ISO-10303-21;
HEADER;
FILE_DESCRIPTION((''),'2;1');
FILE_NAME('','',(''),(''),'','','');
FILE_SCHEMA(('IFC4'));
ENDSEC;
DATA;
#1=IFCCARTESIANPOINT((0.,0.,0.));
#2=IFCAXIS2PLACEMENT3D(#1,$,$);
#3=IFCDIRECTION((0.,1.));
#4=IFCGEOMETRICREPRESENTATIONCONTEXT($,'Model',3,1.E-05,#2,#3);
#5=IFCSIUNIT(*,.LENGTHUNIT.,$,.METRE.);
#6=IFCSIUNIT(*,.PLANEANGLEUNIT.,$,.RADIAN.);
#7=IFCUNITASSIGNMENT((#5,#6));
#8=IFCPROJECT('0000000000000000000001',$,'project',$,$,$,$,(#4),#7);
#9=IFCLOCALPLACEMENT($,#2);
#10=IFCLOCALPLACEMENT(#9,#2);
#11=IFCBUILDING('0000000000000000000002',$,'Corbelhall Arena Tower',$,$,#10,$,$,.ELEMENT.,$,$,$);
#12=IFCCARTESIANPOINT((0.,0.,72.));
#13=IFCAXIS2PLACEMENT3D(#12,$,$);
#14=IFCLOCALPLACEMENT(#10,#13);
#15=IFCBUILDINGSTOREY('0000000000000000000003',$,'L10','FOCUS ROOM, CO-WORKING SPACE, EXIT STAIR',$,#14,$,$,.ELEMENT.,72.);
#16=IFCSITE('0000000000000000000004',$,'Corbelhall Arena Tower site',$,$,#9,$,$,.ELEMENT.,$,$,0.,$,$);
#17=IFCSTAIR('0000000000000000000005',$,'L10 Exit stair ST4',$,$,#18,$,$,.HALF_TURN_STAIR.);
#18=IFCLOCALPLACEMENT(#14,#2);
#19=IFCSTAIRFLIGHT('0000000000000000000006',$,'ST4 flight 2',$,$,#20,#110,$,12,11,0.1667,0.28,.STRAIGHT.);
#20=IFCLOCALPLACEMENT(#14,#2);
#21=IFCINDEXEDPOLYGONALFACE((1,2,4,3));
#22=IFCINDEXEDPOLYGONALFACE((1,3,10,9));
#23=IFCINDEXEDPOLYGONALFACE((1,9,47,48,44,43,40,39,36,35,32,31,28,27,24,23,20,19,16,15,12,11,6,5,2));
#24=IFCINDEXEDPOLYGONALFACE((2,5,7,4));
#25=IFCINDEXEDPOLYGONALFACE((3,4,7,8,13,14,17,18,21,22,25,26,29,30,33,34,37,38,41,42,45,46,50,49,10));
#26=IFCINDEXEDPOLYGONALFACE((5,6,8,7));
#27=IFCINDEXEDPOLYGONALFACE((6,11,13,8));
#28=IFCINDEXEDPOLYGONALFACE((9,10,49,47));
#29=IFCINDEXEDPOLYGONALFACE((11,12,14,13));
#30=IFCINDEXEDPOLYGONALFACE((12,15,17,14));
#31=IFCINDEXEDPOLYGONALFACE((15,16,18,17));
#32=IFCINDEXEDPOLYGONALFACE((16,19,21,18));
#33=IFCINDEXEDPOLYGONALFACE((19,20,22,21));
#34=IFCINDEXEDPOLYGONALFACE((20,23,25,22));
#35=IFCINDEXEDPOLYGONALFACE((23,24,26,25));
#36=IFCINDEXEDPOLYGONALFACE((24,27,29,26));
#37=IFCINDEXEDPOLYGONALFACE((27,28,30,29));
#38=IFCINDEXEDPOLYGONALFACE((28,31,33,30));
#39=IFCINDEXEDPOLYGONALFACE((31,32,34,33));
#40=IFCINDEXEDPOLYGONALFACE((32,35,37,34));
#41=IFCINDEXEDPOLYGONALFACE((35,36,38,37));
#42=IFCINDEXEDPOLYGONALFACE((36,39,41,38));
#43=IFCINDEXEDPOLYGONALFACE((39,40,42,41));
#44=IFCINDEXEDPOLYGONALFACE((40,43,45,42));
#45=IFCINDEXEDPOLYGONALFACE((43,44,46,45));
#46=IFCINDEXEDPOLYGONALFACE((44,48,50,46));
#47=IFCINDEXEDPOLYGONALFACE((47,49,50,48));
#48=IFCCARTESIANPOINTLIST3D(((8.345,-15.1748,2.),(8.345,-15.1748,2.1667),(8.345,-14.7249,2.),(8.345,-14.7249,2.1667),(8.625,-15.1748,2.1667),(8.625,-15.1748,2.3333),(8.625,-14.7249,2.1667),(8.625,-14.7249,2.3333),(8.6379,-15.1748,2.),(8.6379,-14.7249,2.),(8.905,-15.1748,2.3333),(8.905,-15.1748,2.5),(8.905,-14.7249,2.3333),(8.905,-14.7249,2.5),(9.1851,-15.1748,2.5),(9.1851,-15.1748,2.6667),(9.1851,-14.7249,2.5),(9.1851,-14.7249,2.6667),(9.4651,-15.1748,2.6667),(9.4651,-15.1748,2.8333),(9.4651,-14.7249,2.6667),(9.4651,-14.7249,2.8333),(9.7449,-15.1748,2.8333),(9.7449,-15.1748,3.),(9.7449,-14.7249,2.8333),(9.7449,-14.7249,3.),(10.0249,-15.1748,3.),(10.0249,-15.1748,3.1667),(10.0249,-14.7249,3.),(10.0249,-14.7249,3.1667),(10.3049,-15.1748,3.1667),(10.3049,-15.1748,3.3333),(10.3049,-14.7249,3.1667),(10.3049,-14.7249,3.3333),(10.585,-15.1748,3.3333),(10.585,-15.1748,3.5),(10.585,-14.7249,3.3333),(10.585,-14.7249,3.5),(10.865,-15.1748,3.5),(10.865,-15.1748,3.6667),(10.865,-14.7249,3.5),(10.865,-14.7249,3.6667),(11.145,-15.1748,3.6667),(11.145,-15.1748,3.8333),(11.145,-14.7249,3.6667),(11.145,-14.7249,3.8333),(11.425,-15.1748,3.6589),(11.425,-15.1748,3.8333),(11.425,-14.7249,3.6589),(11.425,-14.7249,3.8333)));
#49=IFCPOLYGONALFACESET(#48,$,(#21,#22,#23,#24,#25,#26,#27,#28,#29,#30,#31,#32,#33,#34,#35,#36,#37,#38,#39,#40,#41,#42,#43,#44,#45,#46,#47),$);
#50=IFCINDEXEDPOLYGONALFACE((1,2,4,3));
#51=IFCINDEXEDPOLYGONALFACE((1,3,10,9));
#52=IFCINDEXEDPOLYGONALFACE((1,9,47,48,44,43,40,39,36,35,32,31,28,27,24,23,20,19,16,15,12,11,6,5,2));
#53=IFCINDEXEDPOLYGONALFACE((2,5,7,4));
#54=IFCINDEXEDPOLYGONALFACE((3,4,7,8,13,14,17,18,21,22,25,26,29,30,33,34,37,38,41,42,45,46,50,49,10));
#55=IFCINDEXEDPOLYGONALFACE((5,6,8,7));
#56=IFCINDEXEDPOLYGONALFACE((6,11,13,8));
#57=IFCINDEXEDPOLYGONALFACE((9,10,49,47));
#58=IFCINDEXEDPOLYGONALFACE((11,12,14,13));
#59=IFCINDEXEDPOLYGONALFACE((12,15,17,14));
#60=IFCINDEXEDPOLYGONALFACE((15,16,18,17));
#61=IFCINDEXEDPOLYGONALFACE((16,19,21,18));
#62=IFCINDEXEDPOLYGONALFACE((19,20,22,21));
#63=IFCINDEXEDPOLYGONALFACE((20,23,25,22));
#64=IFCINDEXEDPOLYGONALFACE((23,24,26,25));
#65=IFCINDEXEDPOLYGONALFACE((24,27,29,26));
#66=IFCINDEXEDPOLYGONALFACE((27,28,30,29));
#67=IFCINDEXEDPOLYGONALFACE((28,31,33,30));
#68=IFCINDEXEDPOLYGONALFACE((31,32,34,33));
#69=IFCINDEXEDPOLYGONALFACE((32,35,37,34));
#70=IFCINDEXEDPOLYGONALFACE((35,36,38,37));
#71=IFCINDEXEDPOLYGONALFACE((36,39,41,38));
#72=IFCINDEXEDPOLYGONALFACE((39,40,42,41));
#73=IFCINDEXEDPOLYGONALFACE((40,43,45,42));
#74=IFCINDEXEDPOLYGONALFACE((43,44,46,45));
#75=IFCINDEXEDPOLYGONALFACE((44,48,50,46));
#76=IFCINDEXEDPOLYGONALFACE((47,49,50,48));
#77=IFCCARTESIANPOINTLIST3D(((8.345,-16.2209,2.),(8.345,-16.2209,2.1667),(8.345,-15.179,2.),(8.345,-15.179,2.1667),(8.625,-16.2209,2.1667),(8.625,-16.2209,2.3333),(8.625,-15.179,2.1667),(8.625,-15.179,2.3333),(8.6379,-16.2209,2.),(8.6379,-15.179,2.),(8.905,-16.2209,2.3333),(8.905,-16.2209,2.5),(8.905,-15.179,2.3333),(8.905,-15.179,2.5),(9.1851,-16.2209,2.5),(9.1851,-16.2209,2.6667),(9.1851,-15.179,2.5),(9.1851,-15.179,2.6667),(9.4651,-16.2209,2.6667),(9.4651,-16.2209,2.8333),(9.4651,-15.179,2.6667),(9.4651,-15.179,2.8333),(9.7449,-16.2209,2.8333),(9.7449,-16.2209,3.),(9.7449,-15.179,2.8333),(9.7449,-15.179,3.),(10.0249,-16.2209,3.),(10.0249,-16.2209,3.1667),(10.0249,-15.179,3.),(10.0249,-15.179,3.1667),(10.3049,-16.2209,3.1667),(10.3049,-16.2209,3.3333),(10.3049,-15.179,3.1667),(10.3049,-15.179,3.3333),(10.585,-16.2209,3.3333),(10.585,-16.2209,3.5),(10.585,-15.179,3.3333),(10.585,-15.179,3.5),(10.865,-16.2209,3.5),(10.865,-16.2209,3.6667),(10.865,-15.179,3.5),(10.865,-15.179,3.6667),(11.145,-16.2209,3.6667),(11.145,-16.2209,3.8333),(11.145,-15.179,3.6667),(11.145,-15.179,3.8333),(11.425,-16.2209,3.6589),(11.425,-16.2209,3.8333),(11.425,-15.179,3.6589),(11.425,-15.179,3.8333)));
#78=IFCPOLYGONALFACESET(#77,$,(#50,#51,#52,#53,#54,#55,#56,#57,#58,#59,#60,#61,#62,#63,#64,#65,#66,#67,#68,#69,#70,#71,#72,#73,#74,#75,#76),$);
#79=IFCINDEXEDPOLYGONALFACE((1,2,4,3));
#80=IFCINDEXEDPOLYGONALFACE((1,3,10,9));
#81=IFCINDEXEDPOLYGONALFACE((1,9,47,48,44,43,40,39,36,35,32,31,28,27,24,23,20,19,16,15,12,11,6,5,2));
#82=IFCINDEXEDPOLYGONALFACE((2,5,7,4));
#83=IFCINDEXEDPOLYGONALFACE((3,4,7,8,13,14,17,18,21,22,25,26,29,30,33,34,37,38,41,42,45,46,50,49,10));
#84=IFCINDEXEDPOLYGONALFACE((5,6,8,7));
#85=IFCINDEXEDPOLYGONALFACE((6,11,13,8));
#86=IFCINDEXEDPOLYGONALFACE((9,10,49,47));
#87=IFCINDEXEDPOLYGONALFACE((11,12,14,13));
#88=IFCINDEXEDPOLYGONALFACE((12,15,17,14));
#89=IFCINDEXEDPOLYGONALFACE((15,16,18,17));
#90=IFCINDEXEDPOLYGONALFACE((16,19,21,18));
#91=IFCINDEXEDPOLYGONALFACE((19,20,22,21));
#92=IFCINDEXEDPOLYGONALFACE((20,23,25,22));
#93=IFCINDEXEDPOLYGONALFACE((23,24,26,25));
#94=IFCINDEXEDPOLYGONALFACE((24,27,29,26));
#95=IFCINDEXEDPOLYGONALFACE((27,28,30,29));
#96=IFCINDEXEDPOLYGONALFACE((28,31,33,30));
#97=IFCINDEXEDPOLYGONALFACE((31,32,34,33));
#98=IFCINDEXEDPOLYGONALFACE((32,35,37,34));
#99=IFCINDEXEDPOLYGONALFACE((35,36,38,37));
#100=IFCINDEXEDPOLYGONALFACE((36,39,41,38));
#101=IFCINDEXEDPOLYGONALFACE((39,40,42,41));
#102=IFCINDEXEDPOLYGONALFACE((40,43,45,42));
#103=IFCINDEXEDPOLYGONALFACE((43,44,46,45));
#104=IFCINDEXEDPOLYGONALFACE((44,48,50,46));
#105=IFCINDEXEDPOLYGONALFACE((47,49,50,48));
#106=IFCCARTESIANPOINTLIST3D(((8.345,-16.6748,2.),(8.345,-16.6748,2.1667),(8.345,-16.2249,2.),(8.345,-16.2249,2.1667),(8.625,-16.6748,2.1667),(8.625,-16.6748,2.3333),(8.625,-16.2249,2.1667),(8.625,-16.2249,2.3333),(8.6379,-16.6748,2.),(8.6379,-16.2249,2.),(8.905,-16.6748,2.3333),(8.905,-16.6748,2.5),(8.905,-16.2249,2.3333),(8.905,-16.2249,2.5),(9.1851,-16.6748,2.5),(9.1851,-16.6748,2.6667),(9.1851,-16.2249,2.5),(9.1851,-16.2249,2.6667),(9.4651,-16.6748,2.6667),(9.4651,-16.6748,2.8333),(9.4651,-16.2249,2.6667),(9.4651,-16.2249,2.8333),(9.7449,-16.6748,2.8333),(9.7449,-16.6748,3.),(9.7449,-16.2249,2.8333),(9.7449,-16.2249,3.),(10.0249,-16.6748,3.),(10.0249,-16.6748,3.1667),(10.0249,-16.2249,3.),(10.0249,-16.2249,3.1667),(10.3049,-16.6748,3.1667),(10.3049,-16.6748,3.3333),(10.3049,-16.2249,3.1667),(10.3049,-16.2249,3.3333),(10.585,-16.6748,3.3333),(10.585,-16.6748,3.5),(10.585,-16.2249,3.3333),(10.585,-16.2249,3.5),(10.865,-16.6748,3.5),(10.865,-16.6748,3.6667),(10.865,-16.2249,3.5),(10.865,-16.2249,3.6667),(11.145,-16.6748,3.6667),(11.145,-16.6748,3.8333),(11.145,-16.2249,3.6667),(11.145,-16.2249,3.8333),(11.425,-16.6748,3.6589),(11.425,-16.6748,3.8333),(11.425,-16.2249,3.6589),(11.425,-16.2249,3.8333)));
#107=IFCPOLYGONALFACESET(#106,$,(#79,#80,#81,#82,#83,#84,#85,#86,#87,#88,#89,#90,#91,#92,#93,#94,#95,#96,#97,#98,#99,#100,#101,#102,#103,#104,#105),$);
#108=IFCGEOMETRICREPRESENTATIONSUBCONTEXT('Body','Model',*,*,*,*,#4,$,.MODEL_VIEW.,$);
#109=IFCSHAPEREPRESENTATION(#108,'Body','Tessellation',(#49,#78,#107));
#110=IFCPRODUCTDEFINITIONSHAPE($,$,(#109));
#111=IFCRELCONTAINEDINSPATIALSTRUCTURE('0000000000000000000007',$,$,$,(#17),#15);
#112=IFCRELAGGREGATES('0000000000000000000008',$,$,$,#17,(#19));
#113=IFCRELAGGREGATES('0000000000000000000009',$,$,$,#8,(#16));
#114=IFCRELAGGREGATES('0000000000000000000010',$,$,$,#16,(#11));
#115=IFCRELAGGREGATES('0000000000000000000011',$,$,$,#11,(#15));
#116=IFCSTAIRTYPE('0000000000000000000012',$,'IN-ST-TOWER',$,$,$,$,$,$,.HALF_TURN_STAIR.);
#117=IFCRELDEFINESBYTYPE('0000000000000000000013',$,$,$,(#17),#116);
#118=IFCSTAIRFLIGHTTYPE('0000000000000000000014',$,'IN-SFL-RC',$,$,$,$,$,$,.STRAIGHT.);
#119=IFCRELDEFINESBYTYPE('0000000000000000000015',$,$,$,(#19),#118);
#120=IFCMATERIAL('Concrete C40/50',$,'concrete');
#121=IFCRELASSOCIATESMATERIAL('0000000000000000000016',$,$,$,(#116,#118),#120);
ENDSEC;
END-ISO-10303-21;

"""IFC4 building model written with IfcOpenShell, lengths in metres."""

from ifc_helpers import new_model, si_unit, direction, frame, origin, place, context, subcontext, project, spatial, polyline, outline, extrude, material, type_object, element, aggregate, save


model = new_model("IFC4")

# Units and contexts
model_context = context("Model", 3, precision=1e-05, world=origin(), true_north=direction((0.0, 1.0)))
body_context = subcontext(model_context, "Body", "Model", "MODEL_VIEW")
ifc_project = project(units=[si_unit("LENGTHUNIT", "METRE"), si_unit("PLANEANGLEUNIT", "RADIAN")], contexts=[model_context])

# Site, building, storey
site_placement = place(None, origin())
site = spatial("IfcSite", under=ifc_project, at=site_placement, Name="Corbelhall Arena Tower site", CompositionType="ELEMENT", RefElevation=0.0)
building_placement = place(site_placement, origin())
building = spatial("IfcBuilding", under=site, at=building_placement, Name="Corbelhall Arena Tower", CompositionType="ELEMENT")
storey_placement = place(building_placement, frame((0.0, 0.0, 72.0)))
storey = spatial("IfcBuildingStorey", under=building, at=storey_placement, Name="L10", Description="FOCUS ROOM, CO-WORKING SPACE, EXIT STAIR", CompositionType="ELEMENT", Elevation=72.0)

# Shared definitions
ifc_material_1 = material(Name="Concrete C40/50", Category="concrete")

# Stair, stair flight
stair_type = type_object("IfcStairType", Name="IN-ST-TOWER", PredefinedType="HALF_TURN_STAIR", material=ifc_material_1)
stair_placement = place(storey_placement, origin())
stair = element("IfcStair", 1, at=stair_placement, inside=storey, type_object=stair_type, Name="L10 Exit stair ST4", PredefinedType="HALF_TURN_STAIR")
stair_flight_type = type_object("IfcStairFlightType", Name="IN-SFL-RC", PredefinedType="STRAIGHT", material=ifc_material_1)
stair_flight_placement = place(storey_placement, frame((8.345, -15.7, 2.0), z_axis=(0.0, 0.0, 1.0), x_axis=(1.0, 0.0, 0.0)))
stair_flight = element("IfcStairFlight", 2, at=stair_flight_placement, type_object=stair_flight_type, Name="ST4 flight 2", NumberOfRisers=12, NumberOfTreads=11, PredefinedType="STRAIGHT", RiserHeight=0.1667, TreadLength=0.28, context=body_context, shape_type="SweptSolid", body=[
    extrude(outline(polyline([(0.0, 0.0), (0.0, 0.1667), (0.28, 0.1667), (0.28, 0.3333), (0.5601, 0.3333), (0.5601, 0.5), (0.8401, 0.5), (0.8401, 0.6667), (1.1201, 0.6667), (1.1201, 0.8333), (1.3999, 0.8333), (1.3999, 1.0), (1.6799, 1.0), (1.6799, 1.1667), (1.96, 1.1667), (1.96, 1.3333), (2.24, 1.3333), (2.24, 1.5), (2.52, 1.5), (2.52, 1.6667), (2.8, 1.6667), (2.8, 1.8333), (3.0801, 1.8333), (3.0801, 2.0), (3.0801, 1.6589), (0.293, 0.0), (0.0, 0.0)])), frame((0.0, 0.9751, 0.0), z_axis=(0.0, -1.0, 0.0), x_axis=(1.0, 0.0, 0.0)), (0.0, 0.0, 1.0), 0.45),
    extrude(outline(polyline([(0.0, 0.0), (0.0, 0.1667), (0.28, 0.1667), (0.28, 0.3333), (0.5601, 0.3333), (0.5601, 0.5), (0.8401, 0.5), (0.8401, 0.6667), (1.1201, 0.6667), (1.1201, 0.8333), (1.3999, 0.8333), (1.3999, 1.0), (1.6799, 1.0), (1.6799, 1.1667), (1.96, 1.1667), (1.96, 1.3333), (2.24, 1.3333), (2.24, 1.5), (2.52, 1.5), (2.52, 1.6667), (2.8, 1.6667), (2.8, 1.8333), (3.0801, 1.8333), (3.0801, 2.0), (3.0801, 1.6589), (0.293, 0.0), (0.0, 0.0)])), frame((0.0, 0.521, 0.0), z_axis=(0.0, -1.0, 0.0), x_axis=(1.0, 0.0, 0.0)), (0.0, 0.0, 1.0), 1.042),
    extrude(outline(polyline([(0.0, 0.0), (0.0, 0.1667), (0.28, 0.1667), (0.28, 0.3333), (0.5601, 0.3333), (0.5601, 0.5), (0.8401, 0.5), (0.8401, 0.6667), (1.1201, 0.6667), (1.1201, 0.8333), (1.3999, 0.8333), (1.3999, 1.0), (1.6799, 1.0), (1.6799, 1.1667), (1.96, 1.1667), (1.96, 1.3333), (2.24, 1.3333), (2.24, 1.5), (2.52, 1.5), (2.52, 1.6667), (2.8, 1.6667), (2.8, 1.8333), (3.0801, 1.8333), (3.0801, 2.0), (3.0801, 1.6589), (0.293, 0.0), (0.0, 0.0)])), frame((0.0, -0.5249, 0.0), z_axis=(0.0, -1.0, 0.0), x_axis=(1.0, 0.0, 0.0)), (0.0, 0.0, 1.0), 0.45),
])
aggregate(stair, [stair_flight])

save(model, "model.ifc")
